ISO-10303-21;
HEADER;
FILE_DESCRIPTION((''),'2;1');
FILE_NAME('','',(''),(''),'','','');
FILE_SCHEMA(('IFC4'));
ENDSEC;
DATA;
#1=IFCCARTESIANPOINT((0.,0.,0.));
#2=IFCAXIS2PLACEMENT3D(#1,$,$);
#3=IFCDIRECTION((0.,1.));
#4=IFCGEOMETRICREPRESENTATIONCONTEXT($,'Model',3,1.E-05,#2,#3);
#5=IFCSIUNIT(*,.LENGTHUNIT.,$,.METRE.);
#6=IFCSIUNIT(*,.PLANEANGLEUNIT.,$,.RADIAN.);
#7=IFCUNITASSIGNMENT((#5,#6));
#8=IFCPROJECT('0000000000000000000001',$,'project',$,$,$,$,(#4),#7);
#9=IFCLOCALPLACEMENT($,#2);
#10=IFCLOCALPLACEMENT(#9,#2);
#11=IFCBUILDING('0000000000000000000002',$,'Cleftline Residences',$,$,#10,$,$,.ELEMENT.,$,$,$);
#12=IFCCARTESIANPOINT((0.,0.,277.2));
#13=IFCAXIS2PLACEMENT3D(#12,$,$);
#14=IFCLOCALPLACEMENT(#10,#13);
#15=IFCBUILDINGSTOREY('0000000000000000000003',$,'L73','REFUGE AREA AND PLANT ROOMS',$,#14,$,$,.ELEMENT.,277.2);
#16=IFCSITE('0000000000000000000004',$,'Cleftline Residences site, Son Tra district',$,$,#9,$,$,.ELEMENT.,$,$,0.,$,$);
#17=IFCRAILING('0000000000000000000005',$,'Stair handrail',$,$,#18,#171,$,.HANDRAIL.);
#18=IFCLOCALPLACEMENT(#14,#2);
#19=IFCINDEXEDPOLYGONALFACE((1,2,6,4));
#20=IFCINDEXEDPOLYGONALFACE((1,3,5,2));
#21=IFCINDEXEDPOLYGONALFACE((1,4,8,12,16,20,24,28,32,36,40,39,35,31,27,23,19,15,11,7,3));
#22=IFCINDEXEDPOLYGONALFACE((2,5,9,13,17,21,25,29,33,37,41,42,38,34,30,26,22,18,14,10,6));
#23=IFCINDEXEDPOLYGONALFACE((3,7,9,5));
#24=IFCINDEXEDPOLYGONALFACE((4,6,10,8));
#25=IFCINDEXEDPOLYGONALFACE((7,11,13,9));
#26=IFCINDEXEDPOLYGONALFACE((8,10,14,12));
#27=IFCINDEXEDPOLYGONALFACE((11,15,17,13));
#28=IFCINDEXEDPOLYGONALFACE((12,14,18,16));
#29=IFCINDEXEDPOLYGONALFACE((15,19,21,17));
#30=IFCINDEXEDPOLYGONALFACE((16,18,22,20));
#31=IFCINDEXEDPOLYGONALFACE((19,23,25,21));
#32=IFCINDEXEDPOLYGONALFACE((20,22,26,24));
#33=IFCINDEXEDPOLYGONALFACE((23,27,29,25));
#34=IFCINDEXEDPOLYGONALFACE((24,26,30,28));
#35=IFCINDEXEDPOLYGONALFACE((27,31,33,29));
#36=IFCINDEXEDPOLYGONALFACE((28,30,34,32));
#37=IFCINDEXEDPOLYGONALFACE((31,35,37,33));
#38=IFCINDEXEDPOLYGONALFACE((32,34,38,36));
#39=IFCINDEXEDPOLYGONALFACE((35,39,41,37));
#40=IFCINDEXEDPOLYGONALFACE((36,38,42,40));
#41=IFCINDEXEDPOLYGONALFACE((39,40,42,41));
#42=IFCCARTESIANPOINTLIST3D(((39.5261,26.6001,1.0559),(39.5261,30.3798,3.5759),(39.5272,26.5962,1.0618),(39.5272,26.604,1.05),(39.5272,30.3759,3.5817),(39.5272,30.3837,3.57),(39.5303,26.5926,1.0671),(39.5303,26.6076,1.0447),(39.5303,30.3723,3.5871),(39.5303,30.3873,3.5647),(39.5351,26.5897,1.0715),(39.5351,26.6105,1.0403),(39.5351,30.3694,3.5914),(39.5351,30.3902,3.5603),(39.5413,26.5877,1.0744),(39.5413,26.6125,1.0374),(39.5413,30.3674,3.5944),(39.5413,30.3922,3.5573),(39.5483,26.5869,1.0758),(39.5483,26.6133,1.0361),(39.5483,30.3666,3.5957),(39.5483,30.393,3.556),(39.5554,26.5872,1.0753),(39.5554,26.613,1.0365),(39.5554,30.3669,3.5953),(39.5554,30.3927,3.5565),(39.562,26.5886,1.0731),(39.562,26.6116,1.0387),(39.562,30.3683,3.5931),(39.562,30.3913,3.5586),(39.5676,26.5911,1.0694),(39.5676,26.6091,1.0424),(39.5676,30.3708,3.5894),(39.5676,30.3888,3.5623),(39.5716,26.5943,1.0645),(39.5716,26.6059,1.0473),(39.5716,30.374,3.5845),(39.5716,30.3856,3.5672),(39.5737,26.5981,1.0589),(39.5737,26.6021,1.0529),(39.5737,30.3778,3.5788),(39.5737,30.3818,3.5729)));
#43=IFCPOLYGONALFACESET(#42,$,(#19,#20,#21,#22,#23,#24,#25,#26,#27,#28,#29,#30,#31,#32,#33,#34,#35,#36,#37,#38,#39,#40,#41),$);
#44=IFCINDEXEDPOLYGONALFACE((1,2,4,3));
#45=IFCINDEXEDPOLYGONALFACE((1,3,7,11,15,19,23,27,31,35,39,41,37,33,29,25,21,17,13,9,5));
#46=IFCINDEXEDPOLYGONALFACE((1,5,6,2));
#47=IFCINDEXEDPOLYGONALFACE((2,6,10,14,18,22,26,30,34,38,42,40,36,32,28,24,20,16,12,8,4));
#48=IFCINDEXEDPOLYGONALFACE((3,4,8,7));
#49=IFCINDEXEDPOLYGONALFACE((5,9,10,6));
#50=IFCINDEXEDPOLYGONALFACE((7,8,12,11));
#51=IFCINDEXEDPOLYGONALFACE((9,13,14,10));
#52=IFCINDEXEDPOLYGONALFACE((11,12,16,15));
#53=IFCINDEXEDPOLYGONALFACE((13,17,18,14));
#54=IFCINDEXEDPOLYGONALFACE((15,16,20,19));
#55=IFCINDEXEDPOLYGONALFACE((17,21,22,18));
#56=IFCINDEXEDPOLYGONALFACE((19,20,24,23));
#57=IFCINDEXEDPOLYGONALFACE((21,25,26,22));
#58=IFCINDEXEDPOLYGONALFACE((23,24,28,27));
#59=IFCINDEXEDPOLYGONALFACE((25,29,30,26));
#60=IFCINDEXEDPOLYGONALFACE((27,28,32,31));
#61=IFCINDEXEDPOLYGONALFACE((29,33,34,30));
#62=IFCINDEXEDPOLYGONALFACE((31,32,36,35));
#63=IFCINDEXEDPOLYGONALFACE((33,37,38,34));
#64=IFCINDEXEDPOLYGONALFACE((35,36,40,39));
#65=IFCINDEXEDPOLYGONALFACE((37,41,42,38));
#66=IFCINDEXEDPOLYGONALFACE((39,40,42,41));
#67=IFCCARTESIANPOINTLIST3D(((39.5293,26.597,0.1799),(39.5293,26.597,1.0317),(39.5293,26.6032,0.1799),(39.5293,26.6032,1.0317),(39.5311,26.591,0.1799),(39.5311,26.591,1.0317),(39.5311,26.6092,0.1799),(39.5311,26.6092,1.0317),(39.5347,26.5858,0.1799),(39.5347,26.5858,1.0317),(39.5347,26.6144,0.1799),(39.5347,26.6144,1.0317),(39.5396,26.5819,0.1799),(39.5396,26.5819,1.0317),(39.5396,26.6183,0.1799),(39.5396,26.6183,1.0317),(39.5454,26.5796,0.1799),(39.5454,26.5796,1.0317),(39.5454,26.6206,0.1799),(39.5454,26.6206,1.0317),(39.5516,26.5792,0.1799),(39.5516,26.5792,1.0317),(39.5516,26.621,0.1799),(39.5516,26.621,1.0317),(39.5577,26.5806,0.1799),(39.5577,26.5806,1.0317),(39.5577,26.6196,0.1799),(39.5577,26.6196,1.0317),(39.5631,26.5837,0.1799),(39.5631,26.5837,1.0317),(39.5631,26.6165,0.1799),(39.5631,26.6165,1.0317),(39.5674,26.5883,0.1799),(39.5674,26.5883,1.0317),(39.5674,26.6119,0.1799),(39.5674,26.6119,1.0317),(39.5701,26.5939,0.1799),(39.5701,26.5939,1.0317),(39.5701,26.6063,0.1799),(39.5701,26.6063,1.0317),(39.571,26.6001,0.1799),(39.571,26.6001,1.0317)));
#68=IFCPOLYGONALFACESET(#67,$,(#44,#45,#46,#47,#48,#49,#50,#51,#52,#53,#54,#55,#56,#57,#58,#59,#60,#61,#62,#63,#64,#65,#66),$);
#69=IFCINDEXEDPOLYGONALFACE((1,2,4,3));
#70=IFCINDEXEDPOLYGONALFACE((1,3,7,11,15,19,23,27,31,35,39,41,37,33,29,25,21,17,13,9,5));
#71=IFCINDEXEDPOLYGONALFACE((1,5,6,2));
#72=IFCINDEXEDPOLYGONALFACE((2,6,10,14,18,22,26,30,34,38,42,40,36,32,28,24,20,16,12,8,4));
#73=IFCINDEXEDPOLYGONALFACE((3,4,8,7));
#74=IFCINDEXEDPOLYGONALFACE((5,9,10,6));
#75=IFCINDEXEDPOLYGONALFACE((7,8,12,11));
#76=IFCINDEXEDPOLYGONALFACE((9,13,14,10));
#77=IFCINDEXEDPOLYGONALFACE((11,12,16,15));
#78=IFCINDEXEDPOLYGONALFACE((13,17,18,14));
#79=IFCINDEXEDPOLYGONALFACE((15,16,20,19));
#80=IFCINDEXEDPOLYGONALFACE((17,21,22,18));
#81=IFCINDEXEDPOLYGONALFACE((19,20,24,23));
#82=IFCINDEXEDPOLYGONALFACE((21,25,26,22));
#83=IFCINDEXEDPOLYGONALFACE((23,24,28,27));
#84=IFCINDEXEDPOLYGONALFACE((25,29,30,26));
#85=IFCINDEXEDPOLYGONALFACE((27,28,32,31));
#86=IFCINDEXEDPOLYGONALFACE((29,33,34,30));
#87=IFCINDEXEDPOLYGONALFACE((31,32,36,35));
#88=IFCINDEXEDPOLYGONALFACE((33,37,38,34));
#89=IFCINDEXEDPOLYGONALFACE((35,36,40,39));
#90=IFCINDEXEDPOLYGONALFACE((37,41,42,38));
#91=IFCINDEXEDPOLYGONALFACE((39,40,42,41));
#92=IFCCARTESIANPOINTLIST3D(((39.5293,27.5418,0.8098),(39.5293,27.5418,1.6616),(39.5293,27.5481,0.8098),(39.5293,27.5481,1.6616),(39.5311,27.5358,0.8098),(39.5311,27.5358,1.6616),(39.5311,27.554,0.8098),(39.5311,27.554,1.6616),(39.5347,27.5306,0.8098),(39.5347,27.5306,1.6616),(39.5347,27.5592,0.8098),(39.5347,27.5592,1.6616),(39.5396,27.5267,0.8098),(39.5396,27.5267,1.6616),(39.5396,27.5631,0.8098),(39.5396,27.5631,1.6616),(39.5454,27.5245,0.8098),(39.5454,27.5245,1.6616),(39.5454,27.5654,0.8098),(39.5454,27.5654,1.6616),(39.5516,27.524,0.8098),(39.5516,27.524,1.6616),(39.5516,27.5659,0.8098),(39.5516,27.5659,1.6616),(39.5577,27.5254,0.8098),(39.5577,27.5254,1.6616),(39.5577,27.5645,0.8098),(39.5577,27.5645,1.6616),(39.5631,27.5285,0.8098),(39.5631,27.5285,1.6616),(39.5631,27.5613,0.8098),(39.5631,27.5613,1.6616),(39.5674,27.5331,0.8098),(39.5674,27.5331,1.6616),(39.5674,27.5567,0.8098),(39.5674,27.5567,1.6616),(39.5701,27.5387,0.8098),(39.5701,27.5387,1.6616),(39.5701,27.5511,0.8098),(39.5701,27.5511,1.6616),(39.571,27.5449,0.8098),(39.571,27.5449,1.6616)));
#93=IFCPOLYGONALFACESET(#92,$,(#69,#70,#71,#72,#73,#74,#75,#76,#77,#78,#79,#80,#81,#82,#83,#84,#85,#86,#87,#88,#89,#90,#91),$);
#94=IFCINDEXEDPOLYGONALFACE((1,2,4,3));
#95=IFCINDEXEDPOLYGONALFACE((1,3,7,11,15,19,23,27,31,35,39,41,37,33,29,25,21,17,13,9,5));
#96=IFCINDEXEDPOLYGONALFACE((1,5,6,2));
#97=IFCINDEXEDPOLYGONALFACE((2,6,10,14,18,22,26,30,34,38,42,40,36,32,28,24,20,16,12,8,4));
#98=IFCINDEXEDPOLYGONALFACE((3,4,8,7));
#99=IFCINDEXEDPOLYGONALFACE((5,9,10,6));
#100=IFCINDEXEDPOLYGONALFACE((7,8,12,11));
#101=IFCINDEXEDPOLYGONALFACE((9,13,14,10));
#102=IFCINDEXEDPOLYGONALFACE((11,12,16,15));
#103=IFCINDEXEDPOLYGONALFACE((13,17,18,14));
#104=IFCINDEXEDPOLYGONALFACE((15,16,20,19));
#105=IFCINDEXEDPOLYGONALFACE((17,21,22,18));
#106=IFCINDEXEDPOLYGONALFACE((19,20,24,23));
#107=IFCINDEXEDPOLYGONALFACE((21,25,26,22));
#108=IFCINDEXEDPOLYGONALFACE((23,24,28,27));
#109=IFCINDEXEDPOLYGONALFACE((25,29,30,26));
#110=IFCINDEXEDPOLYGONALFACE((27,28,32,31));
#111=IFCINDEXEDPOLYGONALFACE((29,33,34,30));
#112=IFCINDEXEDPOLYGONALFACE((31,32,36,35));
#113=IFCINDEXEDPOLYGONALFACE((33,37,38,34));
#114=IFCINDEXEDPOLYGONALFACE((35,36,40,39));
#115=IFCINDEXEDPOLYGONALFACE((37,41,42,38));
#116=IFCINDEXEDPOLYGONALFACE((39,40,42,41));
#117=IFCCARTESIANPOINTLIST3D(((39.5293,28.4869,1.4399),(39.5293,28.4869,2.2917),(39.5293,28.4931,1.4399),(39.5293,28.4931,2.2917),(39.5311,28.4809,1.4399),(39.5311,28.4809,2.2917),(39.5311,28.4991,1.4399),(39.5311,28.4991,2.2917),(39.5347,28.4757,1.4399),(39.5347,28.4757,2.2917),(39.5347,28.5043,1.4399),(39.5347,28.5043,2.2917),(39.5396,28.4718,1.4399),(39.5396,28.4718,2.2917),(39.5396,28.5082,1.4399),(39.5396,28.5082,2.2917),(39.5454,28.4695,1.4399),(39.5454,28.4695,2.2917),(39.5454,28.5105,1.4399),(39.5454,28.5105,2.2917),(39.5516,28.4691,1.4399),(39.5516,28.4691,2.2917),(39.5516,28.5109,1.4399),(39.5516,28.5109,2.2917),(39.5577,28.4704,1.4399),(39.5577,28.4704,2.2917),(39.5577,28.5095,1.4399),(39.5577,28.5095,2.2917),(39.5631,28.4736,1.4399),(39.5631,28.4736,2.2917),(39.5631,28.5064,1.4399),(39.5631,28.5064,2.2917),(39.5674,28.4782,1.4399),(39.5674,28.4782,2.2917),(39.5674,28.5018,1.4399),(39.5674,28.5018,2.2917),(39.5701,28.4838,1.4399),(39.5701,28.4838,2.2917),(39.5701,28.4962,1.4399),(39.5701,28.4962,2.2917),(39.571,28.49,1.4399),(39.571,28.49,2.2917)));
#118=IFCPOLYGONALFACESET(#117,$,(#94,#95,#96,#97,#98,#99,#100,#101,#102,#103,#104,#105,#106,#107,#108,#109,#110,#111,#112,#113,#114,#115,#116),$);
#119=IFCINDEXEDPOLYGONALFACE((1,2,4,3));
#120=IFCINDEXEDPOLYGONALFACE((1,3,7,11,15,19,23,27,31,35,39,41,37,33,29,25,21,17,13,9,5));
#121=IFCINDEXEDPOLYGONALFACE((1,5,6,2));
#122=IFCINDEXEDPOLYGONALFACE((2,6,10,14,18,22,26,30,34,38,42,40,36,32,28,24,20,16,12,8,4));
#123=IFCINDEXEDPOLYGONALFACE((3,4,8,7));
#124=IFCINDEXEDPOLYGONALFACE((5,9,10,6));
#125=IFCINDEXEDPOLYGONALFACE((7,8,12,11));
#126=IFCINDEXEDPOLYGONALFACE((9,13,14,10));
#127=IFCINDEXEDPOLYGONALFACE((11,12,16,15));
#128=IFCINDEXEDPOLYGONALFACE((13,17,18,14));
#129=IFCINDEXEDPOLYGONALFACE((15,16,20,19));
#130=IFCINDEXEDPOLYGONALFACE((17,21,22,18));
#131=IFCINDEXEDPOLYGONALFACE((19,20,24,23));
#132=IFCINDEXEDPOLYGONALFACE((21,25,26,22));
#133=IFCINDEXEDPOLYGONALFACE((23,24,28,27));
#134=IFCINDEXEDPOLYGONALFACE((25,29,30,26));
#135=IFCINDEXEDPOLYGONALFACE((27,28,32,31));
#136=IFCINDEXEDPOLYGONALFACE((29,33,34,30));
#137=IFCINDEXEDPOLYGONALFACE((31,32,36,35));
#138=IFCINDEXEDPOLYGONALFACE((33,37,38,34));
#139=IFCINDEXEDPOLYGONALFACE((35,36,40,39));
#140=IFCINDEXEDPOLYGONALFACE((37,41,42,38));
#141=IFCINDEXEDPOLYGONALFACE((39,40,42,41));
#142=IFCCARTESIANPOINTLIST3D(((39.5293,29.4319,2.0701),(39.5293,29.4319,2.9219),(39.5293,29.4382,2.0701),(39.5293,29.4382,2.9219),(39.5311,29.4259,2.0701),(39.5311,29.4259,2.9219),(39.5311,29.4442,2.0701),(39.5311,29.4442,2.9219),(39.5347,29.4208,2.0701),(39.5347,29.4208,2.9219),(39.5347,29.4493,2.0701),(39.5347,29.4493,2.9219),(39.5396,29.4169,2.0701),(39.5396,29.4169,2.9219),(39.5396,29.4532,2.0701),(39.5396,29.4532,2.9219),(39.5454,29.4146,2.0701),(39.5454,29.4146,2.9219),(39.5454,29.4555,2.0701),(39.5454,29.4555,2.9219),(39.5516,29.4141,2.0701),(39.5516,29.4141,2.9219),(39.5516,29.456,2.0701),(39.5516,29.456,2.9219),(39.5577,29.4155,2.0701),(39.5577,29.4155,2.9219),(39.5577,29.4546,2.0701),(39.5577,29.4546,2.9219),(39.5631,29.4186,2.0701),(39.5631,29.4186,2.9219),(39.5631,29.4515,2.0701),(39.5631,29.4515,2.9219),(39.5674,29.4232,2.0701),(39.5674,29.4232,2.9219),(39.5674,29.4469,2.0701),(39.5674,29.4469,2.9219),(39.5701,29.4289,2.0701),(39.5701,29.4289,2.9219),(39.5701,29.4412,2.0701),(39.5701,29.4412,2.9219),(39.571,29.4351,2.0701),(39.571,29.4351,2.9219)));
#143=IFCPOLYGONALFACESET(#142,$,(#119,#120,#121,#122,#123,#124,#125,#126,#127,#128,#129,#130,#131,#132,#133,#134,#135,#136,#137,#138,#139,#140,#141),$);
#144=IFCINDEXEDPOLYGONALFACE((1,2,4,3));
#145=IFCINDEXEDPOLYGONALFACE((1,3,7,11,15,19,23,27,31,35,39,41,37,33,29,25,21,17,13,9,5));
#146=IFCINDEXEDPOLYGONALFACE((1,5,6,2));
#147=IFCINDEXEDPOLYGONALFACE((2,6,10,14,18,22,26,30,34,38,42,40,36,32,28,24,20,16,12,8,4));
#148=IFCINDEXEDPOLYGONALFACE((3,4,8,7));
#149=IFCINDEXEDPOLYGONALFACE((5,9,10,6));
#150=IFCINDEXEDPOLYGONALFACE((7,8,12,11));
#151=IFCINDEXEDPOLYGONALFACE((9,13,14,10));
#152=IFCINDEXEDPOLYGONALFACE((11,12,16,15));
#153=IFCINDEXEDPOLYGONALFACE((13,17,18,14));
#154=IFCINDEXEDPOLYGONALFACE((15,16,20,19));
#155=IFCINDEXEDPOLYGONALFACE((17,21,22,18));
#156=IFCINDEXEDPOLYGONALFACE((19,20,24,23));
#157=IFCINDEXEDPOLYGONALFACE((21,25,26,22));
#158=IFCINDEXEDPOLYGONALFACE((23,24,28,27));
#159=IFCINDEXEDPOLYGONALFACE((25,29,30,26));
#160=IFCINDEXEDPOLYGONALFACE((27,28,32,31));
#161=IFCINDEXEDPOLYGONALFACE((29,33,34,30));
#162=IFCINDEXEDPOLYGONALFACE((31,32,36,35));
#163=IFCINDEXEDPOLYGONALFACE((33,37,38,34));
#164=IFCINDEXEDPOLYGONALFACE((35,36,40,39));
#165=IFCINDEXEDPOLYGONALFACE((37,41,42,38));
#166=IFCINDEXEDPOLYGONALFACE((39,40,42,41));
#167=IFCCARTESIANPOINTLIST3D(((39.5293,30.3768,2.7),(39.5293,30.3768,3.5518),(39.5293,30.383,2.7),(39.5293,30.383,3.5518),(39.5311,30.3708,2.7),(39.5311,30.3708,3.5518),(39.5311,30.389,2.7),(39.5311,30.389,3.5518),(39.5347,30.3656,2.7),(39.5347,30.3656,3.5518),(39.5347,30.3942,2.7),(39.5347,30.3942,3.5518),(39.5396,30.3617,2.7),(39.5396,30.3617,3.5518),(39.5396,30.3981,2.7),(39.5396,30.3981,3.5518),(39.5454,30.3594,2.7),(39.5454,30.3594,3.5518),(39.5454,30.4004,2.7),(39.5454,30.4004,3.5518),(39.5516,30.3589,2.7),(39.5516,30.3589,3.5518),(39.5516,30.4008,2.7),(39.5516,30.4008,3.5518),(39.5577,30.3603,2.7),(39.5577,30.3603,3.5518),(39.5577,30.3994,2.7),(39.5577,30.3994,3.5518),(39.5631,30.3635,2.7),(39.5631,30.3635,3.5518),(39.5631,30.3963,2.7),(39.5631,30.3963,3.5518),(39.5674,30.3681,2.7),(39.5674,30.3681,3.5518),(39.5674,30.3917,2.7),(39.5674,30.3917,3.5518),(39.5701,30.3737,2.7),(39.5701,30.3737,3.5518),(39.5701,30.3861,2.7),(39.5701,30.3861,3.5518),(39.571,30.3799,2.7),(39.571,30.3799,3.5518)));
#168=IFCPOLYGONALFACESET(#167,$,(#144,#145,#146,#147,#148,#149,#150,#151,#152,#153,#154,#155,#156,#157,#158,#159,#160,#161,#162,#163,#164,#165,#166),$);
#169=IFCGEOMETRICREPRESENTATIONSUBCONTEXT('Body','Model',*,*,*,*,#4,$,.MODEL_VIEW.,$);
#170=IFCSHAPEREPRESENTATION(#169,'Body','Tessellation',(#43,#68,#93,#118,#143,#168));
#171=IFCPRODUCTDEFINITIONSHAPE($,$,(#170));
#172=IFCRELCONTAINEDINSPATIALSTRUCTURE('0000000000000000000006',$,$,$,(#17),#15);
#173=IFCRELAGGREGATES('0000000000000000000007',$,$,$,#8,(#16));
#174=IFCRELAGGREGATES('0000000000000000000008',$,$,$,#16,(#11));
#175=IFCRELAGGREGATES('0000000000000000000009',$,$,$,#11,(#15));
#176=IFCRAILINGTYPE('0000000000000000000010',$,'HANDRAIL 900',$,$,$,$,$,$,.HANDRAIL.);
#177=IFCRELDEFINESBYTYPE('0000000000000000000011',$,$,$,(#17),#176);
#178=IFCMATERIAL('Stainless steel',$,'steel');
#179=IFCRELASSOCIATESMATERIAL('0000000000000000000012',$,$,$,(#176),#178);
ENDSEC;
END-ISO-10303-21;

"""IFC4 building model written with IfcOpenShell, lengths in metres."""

from ifc_helpers import new_model, si_unit, direction, frame, origin, origin_2d, place, context, subcontext, project, spatial, circle, extrude, material, type_object, element, save


model = new_model("IFC4")

# Units and contexts
model_context = context("Model", 3, precision=1e-05, world=origin(), true_north=direction((0.0, 1.0)))
body_context = subcontext(model_context, "Body", "Model", "MODEL_VIEW")
ifc_project = project(units=[si_unit("LENGTHUNIT", "METRE"), si_unit("PLANEANGLEUNIT", "RADIAN")], contexts=[model_context])

# Site, building, storey
site_placement = place(None, origin())
site = spatial("IfcSite", under=ifc_project, at=site_placement, Name="Cleftline Residences site, Son Tra district", CompositionType="ELEMENT", RefElevation=0.0)
building_placement = place(site_placement, origin())
building = spatial("IfcBuilding", under=site, at=building_placement, Name="Cleftline Residences", CompositionType="ELEMENT")
storey_placement = place(building_placement, frame((0.0, 0.0, 277.2)))
storey = spatial("IfcBuildingStorey", under=building, at=storey_placement, Name="L73", Description="REFUGE AREA AND PLANT ROOMS", CompositionType="ELEMENT", Elevation=277.2)

# Railing
ifc_material_1 = material(Name="Stainless steel", Category="steel")
railing_type = type_object("IfcRailingType", Name="HANDRAIL 900", PredefinedType="HANDRAIL", material=ifc_material_1)
for number, where, name in (
    (1, (39.55, 26.6001, 0.1799), "Stair handrail"),
):
    element("IfcRailing", number, at=place(storey_placement, frame(where)), inside=storey, type_object=railing_type, Name=name, PredefinedType="HANDRAIL", context=body_context, shape_type="SweptSolid", body=[
        extrude(circle(Radius=0.0239, at=origin_2d()), frame((0.0, 0.0, 0.876), z_axis=(0.0, 0.832034, 0.554725), x_axis=(-1.0, 0.0, 0.0)), (0.0, 0.0, 1.0), 4.5427),
        extrude(circle(Radius=0.021, at=origin_2d()), origin(), (0.0, 0.0, 1.0), 0.8518),
        extrude(circle(Radius=0.021, at=origin_2d()), frame((0.0, 0.9448, 0.6299)), (0.0, 0.0, 1.0), 0.8518),
        extrude(circle(Radius=0.021, at=origin_2d()), frame((0.0, 1.8899, 1.26)), (0.0, 0.0, 1.0), 0.8518),
        extrude(circle(Radius=0.021, at=origin_2d()), frame((0.0, 2.835, 1.8901)), (0.0, 0.0, 1.0), 0.8518),
        extrude(circle(Radius=0.021, at=origin_2d()), frame((0.0, 3.7798, 2.52)), (0.0, 0.0, 1.0), 0.8518),
    ])

save(model, "model.ifc")
